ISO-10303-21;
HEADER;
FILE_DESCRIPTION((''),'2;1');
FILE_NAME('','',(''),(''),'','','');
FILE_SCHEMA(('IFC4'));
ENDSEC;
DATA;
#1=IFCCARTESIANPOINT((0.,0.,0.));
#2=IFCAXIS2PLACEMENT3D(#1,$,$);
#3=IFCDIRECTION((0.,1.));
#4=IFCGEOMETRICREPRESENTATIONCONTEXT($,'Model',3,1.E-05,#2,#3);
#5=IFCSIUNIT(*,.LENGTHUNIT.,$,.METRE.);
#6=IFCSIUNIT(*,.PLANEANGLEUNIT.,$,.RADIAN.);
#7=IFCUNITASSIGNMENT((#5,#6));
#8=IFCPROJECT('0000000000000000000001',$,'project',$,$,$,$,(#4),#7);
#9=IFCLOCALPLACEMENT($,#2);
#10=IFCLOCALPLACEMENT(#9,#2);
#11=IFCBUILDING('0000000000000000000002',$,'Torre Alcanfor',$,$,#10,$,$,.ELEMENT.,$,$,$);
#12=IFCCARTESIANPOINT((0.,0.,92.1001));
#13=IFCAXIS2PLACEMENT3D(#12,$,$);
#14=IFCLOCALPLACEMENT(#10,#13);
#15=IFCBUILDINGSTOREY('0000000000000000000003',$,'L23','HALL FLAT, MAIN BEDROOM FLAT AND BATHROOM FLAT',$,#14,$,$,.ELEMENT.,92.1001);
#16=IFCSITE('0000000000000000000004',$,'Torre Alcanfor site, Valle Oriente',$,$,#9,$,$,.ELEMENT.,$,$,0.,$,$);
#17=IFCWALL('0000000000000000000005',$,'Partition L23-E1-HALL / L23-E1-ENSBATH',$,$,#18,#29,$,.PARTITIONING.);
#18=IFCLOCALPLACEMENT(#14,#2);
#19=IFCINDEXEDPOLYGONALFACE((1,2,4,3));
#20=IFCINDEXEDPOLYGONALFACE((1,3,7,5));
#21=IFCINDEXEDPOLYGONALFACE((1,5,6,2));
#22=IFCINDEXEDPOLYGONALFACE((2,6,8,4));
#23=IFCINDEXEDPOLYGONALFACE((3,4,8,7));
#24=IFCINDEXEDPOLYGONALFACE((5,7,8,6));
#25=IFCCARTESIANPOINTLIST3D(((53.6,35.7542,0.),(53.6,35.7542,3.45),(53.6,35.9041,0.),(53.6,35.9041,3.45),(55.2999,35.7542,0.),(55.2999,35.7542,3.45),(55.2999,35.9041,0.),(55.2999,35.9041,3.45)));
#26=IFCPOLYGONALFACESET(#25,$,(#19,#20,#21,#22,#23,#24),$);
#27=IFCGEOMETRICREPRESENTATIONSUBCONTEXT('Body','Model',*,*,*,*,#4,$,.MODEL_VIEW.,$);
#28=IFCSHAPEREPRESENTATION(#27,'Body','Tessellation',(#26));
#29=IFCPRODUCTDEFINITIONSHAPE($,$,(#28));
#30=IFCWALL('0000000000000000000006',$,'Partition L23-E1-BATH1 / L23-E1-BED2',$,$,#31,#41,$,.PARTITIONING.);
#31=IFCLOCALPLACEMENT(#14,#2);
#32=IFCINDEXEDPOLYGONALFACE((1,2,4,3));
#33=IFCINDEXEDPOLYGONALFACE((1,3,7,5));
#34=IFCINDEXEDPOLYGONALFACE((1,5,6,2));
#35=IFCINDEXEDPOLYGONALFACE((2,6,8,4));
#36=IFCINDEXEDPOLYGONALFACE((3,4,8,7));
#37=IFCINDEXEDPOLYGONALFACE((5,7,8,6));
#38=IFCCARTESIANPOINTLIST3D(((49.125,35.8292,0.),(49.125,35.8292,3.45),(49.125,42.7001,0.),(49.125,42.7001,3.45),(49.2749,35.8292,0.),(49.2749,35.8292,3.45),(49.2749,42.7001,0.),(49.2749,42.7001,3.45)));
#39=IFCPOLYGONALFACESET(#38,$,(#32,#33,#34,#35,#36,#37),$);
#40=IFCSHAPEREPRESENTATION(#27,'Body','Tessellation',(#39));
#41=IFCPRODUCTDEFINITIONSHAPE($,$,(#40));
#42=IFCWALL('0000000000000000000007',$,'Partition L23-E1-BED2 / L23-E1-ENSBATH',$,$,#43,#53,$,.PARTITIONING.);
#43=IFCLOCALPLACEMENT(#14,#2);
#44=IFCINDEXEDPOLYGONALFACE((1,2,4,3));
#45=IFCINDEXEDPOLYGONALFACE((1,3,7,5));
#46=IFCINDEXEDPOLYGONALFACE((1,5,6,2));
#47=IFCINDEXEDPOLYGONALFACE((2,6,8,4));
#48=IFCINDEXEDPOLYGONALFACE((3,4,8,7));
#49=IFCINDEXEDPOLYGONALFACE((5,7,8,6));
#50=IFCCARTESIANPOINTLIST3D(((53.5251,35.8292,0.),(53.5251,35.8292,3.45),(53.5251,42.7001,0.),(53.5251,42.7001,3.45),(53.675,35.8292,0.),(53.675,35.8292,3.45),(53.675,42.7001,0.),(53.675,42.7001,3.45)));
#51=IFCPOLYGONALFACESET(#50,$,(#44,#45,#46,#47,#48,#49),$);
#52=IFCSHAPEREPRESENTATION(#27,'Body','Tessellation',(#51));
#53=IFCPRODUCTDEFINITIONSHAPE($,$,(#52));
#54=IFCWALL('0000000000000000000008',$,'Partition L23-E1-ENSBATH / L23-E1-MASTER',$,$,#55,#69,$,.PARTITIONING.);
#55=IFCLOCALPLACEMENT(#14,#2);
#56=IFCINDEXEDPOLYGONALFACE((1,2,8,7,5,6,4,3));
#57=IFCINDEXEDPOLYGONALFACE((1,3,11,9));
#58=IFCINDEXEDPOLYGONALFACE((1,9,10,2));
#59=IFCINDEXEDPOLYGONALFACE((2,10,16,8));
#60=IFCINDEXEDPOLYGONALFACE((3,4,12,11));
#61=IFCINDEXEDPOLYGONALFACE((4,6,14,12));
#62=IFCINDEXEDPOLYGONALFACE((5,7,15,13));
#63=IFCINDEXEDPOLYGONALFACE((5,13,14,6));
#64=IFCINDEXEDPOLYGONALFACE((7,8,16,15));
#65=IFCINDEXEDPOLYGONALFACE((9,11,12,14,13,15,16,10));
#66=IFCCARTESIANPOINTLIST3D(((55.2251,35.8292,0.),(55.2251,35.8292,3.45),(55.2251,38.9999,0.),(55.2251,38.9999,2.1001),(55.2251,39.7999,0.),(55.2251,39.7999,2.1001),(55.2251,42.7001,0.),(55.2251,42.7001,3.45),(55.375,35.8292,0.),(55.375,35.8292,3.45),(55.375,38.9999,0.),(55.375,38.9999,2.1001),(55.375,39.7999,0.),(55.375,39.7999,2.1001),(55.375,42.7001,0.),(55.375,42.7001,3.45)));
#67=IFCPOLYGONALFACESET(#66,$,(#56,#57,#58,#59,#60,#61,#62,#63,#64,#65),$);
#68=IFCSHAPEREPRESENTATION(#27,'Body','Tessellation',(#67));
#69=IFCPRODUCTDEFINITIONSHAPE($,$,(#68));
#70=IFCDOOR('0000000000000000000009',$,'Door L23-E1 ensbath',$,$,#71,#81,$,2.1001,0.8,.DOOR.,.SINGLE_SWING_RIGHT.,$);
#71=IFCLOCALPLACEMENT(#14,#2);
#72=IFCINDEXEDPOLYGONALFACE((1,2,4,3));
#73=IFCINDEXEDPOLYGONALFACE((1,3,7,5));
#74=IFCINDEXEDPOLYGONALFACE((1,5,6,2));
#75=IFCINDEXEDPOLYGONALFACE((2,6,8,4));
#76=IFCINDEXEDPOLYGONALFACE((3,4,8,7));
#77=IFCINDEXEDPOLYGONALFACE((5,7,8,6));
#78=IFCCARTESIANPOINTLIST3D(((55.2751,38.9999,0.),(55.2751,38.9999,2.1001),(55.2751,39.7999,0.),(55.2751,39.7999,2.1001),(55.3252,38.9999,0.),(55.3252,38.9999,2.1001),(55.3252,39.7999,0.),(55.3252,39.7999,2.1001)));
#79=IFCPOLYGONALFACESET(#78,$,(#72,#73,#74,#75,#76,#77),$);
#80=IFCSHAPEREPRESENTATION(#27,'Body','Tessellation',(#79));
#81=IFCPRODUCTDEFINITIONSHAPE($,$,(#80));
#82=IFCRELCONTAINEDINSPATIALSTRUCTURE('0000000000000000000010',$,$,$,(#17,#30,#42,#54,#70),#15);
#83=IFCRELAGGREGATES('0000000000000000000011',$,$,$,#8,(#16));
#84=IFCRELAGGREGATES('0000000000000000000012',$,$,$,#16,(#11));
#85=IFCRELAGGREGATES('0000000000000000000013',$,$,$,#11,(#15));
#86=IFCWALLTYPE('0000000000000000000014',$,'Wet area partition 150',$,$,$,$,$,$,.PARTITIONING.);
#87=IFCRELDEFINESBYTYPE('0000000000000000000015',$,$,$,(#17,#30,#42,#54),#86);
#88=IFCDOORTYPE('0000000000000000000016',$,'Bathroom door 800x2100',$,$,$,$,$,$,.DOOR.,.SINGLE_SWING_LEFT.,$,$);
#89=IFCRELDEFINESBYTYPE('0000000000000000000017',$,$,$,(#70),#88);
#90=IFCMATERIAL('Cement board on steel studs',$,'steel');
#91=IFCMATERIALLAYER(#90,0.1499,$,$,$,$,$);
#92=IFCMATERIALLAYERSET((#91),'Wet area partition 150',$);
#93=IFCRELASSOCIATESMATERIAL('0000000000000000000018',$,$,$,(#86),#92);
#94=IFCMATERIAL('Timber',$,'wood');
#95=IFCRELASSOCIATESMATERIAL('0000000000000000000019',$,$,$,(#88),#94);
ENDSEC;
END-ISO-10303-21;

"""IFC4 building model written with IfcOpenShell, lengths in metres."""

from ifc_helpers import new_model, si_unit, direction, frame, frame_2d, origin, place, context, subcontext, project, spatial, rectangle, extrude, material, layer, layer_set, type_object, element, fill, save


model = new_model("IFC4")

# Units and contexts
model_context = context("Model", 3, precision=1e-05, world=origin(), true_north=direction((0.0, 1.0)))
body_context = subcontext(model_context, "Body", "Model", "MODEL_VIEW")
ifc_project = project(units=[si_unit("LENGTHUNIT", "METRE"), si_unit("PLANEANGLEUNIT", "RADIAN")], contexts=[model_context])

# Site, building, storey
site_placement = place(None, origin())
site = spatial("IfcSite", under=ifc_project, at=site_placement, Name="Torre Alcanfor site, Valle Oriente", CompositionType="ELEMENT", RefElevation=0.0)
building_placement = place(site_placement, origin())
building = spatial("IfcBuilding", under=site, at=building_placement, Name="Torre Alcanfor", CompositionType="ELEMENT")
storey_placement = place(building_placement, frame((0.0, 0.0, 92.1001)))
storey = spatial("IfcBuildingStorey", under=building, at=storey_placement, Name="L23", Description="HALL FLAT, MAIN BEDROOM FLAT AND BATHROOM FLAT", CompositionType="ELEMENT", Elevation=92.1001)

# Walls
ifc_material_1 = material(Name="Cement board on steel studs", Category="steel")
ifc_layer_1 = layer(ifc_material_1, 0.1499)
ifc_layer_set_1 = layer_set([ifc_layer_1], Name="Wet area partition 150")
wall_type_1 = type_object("IfcWallType", Name="Wet area partition 150", PredefinedType="PARTITIONING", material=ifc_layer_set_1)
wall_1_placement = place(storey_placement, frame((55.3, 35.8291, 0.0), z_axis=(0.0, 0.0, 1.0), x_axis=(-1.0, 0.0, 0.0)))
element("IfcWall", 1, at=wall_1_placement, inside=storey, type_object=wall_type_1, Name="Partition L23-E1-HALL / L23-E1-ENSBATH", PredefinedType="PARTITIONING", context=body_context, shape_type="SweptSolid", body=[
    extrude(rectangle(XDim=1.7, YDim=0.1499, at=frame_2d((0.8501, 0.0))), origin(), (0.0, 0.0, 1.0), 3.45),
])
for number, where, z_axis, x_axis, name in (
    (2, (49.2, 35.8291, 0.0), (0.0, 0.0, 1.0), (0.0, 1.0, 0.0), "Partition L23-E1-BATH1 / L23-E1-BED2"),
    (3, (53.6001, 35.8291, 0.0), (0.0, 0.0, 1.0), (0.0, 1.0, 0.0), "Partition L23-E1-BED2 / L23-E1-ENSBATH"),
):
    element("IfcWall", number, at=place(storey_placement, frame(where, z_axis=z_axis, x_axis=x_axis)), inside=storey, type_object=wall_type_1, Name=name, PredefinedType="PARTITIONING", context=body_context, shape_type="SweptSolid", body=[
        extrude(rectangle(XDim=6.8708, YDim=0.1499, at=frame_2d((3.4355, 0.0))), origin(), (0.0, 0.0, 1.0), 3.45),
    ])

# Wall, opening, door
wall_2_placement = place(storey_placement, frame((55.3, 35.8291, 0.0), z_axis=(0.0, 0.0, 1.0), x_axis=(0.0, 1.0, 0.0)))
wall_2 = element("IfcWall", 4, at=wall_2_placement, inside=storey, type_object=wall_type_1, Name="Partition L23-E1-ENSBATH / L23-E1-MASTER", PredefinedType="PARTITIONING", context=body_context, shape_type="SweptSolid", body=[
    extrude(rectangle(XDim=6.8708, YDim=0.1499, at=frame_2d((3.4355, 0.0))), origin(), (0.0, 0.0, 1.0), 3.45),
])
opening_1_placement = place(wall_2_placement, frame((3.1709, 0.0, 0.0)))
opening_1 = element("IfcOpeningElement", 5, at=opening_1_placement, cuts=wall_2, PredefinedType="OPENING", context=body_context, shape_type="SweptSolid", body=[
    extrude(rectangle(XDim=0.8, YDim=2.1001, at=frame_2d((0.3999, 1.05))), frame((0.0, 0.085, 0.0), z_axis=(0.0, -1.0, 0.0), x_axis=(1.0, 0.0, 0.0)), (0.0, 0.0, 1.0), 0.1699),
])
ifc_material_2 = material(Name="Timber", Category="wood")
door_type_1 = type_object("IfcDoorType", Name="Bathroom door 800x2100", OperationType="SINGLE_SWING_LEFT", PredefinedType="DOOR", material=ifc_material_2)
door_1_placement = place(opening_1_placement, origin())
door_1 = element("IfcDoor", 6, at=door_1_placement, inside=storey, type_object=door_type_1, Name="Door L23-E1 ensbath", OperationType="SINGLE_SWING_RIGHT", OverallHeight=2.1001, OverallWidth=0.8, PredefinedType="DOOR", context=body_context, shape_type="SweptSolid", body=[
    extrude(rectangle(XDim=0.8, YDim=2.1001, at=frame_2d((0.3999, 1.05))), frame((0.0, 0.0249, 0.0), z_axis=(0.0, -1.0, 0.0), x_axis=(1.0, 0.0, 0.0)), (0.0, 0.0, 1.0), 0.05),
])
fill(opening_1, door_1)

save(model, "model.ifc")
